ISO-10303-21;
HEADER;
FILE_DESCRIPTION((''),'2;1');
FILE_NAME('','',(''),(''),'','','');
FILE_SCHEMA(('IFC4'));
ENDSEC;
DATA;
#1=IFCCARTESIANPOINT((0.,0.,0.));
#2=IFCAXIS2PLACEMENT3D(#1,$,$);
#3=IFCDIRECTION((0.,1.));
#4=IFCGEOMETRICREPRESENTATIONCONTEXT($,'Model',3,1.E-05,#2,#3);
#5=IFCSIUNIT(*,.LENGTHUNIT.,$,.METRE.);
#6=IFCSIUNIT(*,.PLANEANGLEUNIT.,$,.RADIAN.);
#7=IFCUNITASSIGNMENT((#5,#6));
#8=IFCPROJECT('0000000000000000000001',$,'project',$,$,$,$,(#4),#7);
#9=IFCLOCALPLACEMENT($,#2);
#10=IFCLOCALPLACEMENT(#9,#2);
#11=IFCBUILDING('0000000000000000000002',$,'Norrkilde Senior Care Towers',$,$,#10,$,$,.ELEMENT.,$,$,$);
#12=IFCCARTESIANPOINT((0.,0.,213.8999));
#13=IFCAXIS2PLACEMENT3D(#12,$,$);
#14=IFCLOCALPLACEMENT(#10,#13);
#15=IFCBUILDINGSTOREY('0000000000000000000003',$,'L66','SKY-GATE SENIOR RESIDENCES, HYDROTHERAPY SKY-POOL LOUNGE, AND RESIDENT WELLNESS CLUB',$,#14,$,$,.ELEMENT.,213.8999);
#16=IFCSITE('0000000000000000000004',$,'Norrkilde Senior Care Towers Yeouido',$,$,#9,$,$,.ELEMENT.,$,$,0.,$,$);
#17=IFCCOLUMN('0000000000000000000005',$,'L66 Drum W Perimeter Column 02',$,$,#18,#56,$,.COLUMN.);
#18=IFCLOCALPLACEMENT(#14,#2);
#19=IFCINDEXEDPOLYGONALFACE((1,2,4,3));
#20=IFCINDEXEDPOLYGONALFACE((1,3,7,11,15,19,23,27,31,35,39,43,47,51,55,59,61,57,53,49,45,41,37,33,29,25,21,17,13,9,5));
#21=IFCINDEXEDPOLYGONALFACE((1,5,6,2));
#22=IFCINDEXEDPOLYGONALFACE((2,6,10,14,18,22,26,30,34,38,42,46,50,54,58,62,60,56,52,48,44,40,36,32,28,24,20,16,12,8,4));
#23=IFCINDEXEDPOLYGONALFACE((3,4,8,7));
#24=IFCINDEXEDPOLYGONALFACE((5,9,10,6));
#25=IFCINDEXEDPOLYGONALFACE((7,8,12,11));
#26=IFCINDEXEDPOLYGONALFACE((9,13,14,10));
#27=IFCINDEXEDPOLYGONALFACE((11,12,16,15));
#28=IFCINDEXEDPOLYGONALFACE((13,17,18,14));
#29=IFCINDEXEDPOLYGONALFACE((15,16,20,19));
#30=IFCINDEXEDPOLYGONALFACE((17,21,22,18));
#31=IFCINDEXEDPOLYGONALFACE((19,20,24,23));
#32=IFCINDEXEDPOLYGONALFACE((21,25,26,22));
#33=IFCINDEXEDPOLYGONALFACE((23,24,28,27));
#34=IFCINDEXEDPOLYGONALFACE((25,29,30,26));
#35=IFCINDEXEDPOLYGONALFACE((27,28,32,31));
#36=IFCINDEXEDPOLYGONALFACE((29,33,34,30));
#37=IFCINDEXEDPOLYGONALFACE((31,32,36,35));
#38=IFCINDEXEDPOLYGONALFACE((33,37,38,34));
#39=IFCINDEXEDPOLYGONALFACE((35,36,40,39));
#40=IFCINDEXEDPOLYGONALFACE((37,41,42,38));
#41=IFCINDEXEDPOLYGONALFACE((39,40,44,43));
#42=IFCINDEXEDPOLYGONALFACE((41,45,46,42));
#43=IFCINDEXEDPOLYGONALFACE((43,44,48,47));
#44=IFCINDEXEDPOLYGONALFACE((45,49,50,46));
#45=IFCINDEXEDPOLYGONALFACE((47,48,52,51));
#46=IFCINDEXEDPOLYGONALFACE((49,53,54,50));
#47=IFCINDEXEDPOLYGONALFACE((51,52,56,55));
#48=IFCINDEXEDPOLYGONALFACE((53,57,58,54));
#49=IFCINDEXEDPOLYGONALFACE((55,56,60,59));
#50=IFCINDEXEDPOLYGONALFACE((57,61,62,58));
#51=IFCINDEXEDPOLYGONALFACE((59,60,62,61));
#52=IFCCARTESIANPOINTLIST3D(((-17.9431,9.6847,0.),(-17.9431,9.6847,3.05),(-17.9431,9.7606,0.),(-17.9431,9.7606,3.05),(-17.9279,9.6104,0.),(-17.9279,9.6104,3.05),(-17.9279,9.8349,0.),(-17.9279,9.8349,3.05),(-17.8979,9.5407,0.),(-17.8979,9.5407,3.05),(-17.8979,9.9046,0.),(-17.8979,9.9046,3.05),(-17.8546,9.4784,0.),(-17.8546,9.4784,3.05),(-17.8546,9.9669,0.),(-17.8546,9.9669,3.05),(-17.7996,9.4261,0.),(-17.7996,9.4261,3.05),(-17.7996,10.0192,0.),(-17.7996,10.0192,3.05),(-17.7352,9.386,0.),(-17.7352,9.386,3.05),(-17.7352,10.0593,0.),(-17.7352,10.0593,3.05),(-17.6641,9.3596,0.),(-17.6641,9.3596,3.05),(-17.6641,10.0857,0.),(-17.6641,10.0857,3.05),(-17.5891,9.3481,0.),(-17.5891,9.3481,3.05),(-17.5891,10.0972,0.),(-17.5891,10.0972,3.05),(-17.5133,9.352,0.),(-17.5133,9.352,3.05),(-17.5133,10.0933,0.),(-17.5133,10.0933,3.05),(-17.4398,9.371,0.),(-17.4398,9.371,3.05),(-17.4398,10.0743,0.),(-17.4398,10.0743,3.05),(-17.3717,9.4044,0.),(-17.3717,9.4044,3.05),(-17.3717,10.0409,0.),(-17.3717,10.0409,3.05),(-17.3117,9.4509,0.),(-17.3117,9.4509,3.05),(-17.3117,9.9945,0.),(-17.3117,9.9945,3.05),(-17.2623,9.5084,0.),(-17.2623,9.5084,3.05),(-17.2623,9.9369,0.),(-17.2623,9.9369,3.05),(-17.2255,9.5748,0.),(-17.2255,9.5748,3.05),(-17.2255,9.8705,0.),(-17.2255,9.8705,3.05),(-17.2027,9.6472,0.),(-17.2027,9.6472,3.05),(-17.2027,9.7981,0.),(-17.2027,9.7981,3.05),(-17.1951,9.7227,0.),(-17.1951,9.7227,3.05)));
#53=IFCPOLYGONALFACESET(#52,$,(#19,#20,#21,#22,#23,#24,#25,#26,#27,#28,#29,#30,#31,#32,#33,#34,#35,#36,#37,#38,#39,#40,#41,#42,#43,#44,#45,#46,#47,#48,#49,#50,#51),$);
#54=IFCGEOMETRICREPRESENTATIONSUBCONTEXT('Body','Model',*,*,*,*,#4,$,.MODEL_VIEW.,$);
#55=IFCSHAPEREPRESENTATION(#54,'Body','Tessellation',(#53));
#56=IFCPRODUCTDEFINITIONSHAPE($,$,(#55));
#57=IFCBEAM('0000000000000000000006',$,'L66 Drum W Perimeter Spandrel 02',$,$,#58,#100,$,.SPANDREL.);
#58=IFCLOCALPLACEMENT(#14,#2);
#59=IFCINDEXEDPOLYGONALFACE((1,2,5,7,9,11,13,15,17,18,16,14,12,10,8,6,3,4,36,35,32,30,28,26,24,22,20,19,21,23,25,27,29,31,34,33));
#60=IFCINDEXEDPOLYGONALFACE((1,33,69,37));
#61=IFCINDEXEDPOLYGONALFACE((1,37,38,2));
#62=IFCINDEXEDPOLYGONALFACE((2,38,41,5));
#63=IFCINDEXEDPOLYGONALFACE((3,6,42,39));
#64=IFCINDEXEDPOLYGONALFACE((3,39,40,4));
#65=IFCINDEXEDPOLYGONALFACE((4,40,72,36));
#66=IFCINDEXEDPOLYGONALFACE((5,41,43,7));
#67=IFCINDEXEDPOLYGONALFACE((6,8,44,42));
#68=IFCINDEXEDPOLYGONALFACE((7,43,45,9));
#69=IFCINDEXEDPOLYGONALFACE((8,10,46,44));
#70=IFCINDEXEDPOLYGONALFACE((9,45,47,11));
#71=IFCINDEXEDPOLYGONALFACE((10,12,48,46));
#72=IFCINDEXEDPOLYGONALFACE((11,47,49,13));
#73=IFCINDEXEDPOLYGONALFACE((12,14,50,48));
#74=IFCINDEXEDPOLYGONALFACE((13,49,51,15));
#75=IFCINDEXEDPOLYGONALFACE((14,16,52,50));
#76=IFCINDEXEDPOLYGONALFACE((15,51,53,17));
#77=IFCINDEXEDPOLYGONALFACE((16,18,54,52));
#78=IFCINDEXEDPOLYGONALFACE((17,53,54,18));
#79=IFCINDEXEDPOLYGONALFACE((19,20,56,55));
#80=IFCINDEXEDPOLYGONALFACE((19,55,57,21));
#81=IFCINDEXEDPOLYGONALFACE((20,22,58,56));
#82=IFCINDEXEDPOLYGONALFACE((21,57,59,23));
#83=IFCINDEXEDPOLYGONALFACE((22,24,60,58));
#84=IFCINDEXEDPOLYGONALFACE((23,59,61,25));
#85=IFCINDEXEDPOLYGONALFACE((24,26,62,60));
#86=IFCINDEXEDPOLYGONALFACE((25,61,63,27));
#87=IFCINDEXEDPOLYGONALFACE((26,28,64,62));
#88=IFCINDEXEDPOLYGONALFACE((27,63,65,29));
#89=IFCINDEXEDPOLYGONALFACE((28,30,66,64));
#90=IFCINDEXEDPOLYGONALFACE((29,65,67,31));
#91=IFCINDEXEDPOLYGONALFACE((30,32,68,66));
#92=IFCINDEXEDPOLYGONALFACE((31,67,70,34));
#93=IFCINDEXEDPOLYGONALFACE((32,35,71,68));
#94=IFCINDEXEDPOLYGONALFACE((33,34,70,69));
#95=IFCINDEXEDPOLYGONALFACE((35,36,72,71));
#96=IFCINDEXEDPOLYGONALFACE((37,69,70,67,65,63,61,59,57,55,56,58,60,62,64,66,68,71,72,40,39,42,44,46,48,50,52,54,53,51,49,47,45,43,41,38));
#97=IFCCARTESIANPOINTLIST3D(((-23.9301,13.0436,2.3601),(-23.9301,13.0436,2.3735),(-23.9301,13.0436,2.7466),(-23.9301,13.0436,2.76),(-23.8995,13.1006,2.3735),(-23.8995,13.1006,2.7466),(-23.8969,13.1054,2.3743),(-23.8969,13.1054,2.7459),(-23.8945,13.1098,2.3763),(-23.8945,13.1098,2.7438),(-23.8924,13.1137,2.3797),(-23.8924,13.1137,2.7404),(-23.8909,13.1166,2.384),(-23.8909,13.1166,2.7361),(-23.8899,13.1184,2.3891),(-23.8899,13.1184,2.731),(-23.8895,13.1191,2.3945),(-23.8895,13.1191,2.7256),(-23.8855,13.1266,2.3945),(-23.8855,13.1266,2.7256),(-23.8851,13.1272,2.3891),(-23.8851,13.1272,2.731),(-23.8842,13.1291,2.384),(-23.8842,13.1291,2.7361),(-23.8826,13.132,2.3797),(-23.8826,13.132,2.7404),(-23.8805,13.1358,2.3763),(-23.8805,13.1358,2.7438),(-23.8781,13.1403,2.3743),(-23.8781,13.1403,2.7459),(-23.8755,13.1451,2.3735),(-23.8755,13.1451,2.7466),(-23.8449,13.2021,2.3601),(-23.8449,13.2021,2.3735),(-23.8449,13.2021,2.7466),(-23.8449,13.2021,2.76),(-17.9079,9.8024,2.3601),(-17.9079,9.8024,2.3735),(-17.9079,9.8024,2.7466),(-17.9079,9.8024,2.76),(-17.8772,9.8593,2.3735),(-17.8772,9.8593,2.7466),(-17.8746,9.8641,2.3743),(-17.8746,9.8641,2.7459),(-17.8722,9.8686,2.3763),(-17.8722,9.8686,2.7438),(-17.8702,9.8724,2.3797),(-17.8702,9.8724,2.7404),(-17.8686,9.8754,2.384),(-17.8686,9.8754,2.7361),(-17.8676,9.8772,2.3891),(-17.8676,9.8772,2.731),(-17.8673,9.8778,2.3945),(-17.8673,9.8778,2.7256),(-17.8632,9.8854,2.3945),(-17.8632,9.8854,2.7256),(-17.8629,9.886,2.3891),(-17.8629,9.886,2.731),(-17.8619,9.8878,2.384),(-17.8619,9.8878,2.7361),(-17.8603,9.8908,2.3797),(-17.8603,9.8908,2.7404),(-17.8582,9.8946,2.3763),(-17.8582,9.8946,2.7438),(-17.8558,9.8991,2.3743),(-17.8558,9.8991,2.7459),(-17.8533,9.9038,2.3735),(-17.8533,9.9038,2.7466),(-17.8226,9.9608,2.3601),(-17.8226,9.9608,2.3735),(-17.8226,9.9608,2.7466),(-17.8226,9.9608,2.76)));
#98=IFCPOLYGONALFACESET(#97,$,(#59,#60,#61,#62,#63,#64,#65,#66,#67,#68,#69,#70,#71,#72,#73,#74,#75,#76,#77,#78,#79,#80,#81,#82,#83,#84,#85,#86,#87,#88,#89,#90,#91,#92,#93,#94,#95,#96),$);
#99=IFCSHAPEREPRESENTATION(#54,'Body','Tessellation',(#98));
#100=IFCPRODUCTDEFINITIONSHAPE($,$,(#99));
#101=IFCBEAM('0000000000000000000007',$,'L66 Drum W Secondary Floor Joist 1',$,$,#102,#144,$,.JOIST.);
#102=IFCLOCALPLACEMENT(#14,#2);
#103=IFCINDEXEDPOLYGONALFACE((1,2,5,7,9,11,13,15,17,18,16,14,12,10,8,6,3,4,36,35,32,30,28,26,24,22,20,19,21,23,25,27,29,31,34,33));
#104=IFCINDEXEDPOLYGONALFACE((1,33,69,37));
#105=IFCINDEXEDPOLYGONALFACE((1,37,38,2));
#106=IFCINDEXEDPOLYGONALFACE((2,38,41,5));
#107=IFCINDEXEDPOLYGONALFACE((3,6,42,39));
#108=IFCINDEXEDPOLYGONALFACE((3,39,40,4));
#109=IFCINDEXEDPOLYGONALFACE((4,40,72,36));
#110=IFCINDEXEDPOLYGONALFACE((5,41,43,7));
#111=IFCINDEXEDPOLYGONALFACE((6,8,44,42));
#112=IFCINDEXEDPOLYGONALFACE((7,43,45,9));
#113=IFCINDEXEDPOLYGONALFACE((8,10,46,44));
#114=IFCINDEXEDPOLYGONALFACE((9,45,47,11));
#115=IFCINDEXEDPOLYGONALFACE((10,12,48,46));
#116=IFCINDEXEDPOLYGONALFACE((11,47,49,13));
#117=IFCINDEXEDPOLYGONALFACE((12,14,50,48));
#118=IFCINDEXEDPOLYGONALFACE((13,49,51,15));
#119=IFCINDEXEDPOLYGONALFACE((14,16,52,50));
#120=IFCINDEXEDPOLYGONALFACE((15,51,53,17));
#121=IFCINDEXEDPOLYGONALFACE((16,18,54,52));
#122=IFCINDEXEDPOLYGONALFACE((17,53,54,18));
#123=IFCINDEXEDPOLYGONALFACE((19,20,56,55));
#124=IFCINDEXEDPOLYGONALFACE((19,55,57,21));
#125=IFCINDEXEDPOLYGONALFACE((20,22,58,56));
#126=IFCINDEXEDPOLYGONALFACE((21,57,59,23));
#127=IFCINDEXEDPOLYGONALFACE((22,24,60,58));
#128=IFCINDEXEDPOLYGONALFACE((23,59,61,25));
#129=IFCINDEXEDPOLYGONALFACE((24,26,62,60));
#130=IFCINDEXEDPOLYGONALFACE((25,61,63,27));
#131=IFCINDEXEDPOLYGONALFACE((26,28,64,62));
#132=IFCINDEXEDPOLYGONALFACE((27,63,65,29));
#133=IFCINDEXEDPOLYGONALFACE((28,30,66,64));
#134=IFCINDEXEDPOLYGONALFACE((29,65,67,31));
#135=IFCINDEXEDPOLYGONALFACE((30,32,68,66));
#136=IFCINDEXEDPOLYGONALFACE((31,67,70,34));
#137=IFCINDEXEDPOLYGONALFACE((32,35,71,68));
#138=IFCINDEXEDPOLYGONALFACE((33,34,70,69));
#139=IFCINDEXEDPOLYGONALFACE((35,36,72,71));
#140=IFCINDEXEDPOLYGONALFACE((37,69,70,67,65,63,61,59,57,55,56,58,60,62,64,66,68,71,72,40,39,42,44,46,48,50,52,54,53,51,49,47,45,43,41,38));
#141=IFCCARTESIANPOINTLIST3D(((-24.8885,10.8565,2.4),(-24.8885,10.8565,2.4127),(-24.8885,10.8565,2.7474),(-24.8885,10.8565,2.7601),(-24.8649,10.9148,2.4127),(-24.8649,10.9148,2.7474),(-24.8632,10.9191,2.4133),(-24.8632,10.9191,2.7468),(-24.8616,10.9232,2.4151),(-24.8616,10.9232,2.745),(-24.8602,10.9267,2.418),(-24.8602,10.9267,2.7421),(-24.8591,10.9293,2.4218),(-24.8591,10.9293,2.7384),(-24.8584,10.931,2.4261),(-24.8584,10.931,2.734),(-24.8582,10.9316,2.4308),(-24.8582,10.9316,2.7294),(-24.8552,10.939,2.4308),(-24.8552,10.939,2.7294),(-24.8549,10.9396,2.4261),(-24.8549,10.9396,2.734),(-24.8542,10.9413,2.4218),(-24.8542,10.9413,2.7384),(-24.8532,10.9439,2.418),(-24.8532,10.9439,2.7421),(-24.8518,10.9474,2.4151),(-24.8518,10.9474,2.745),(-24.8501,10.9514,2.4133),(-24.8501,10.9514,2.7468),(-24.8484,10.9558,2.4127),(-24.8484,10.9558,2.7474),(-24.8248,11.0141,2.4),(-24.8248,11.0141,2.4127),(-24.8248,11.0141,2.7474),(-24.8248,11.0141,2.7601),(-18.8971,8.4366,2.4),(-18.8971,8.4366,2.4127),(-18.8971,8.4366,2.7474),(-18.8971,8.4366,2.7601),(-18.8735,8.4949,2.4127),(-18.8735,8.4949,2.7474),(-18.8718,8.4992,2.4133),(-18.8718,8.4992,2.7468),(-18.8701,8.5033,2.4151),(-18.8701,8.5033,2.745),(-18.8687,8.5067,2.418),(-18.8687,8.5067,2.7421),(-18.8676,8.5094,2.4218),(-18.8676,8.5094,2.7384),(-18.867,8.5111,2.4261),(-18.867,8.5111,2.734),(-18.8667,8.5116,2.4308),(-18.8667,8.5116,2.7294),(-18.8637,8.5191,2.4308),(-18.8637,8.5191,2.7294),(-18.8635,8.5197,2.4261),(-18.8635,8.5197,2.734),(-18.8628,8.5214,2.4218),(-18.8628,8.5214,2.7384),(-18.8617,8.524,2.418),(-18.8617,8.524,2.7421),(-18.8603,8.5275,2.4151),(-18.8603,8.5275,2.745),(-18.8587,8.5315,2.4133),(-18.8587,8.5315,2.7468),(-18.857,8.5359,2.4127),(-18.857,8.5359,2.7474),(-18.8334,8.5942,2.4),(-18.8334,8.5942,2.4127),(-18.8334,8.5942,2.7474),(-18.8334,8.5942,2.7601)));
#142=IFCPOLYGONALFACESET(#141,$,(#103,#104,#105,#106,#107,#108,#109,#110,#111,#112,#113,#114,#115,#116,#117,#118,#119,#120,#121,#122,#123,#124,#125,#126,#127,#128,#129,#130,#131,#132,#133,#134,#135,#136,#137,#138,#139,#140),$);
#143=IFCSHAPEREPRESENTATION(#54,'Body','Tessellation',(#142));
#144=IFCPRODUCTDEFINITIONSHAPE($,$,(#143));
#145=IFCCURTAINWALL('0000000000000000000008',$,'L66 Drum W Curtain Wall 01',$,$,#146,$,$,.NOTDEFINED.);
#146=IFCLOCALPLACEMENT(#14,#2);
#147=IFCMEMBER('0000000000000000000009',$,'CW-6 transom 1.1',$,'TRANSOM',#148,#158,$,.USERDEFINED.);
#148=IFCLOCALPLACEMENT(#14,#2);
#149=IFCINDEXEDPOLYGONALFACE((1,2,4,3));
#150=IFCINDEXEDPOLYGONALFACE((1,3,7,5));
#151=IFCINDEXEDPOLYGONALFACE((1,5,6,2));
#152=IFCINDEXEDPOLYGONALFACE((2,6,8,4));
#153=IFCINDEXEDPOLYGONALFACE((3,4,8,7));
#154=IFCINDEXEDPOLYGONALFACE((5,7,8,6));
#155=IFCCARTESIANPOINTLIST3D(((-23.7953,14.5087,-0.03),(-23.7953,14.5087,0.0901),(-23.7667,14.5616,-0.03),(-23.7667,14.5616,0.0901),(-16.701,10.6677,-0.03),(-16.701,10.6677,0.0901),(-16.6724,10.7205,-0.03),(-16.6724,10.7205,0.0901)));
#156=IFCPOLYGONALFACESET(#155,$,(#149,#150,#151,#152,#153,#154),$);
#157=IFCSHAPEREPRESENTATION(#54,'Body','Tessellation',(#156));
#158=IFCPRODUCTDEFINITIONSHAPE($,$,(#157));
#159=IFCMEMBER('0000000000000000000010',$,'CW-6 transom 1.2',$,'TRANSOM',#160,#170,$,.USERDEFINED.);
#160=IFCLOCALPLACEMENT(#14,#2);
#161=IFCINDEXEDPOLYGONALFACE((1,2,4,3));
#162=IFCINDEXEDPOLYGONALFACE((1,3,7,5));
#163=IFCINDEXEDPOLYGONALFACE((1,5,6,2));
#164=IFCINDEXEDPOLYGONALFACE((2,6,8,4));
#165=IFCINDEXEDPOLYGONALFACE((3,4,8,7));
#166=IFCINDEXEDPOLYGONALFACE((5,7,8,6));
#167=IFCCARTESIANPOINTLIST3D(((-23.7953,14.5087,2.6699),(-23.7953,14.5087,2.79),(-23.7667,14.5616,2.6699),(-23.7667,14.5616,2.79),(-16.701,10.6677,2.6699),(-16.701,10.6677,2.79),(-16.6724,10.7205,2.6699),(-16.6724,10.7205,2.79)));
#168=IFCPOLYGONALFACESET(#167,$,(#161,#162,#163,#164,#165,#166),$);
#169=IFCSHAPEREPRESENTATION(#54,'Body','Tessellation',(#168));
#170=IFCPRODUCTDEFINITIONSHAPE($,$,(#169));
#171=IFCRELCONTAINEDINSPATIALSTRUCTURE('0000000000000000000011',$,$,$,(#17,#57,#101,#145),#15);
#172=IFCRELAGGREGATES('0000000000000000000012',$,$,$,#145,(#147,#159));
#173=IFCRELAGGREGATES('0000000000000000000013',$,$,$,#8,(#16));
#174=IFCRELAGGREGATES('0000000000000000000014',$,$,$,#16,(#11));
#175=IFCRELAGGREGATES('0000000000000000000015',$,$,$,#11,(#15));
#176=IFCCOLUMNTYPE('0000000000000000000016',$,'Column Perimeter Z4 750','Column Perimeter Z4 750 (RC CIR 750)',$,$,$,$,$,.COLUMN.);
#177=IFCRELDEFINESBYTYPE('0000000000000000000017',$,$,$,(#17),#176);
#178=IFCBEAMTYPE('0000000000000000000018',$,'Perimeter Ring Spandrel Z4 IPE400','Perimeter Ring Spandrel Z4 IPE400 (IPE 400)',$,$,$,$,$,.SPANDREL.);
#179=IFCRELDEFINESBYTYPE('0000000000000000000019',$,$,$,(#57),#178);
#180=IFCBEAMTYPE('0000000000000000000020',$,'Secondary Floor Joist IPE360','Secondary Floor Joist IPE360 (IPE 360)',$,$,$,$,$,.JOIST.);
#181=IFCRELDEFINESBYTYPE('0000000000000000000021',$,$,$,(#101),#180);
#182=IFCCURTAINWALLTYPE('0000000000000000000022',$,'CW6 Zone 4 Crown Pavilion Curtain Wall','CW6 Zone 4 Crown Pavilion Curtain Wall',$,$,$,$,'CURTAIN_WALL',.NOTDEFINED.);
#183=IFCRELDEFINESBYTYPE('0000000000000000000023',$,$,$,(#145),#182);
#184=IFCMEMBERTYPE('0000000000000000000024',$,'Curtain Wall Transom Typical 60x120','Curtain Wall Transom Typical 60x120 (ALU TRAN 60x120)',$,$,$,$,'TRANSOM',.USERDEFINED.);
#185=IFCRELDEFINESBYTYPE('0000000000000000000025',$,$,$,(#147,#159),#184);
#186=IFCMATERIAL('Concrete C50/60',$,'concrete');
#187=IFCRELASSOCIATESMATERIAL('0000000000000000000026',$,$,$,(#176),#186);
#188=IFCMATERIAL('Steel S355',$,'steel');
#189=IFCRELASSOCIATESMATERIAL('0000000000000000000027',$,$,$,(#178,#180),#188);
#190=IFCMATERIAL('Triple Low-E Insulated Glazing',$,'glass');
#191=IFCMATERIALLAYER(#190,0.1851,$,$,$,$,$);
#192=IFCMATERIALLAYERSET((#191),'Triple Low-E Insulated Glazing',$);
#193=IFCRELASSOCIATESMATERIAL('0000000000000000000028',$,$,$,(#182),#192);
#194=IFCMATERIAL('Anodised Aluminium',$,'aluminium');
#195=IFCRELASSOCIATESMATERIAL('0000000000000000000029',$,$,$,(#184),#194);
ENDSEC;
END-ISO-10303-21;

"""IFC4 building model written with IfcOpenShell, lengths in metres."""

from ifc_helpers import new_model, si_unit, direction, frame, origin, origin_2d, place, context, subcontext, project, spatial, rectangle, circle, i_section, extrude, source, transform, mapped, material, layer, layer_set, material_profile, profile_set, type_object, type_shapes, element, aggregate, save


model = new_model("IFC4")

# Units and contexts
model_context = context("Model", 3, precision=1e-05, world=origin(), true_north=direction((0.0, 1.0)))
body_context = subcontext(model_context, "Body", "Model", "MODEL_VIEW")
ifc_project = project(units=[si_unit("LENGTHUNIT", "METRE"), si_unit("PLANEANGLEUNIT", "RADIAN")], contexts=[model_context])

# Site, building, storey
site_placement = place(None, origin())
site = spatial("IfcSite", under=ifc_project, at=site_placement, Name="Norrkilde Senior Care Towers Yeouido", CompositionType="ELEMENT", RefElevation=0.0)
building_placement = place(site_placement, origin())
building = spatial("IfcBuilding", under=site, at=building_placement, Name="Norrkilde Senior Care Towers", CompositionType="ELEMENT")
storey_placement = place(building_placement, frame((0.0, 0.0, 213.8999)))
storey = spatial("IfcBuildingStorey", under=building, at=storey_placement, Name="L66", Description="SKY-GATE SENIOR RESIDENCES, HYDROTHERAPY SKY-POOL LOUNGE, AND RESIDENT WELLNESS CLUB", CompositionType="ELEMENT", Elevation=213.8999)

# Column
ifc_material_1 = material(Name="Concrete C50/60", Category="concrete")
ifc_material_profile_1 = material_profile(ifc_material_1, circle(Radius=0.375, at=origin_2d()), Name="RC CIR 750")
ifc_profile_set_1 = profile_set([ifc_material_profile_1], Name="Concrete C50/60")
column_type = type_object("IfcColumnType", Name="Column Perimeter Z4 750", Description="Column Perimeter Z4 750 (RC CIR 750)", PredefinedType="COLUMN", material=ifc_profile_set_1)
shared_shape_1 = source(origin(), body_context, "Body", "SweptSolid", [
    extrude(circle(Radius=0.375, at=origin_2d()), origin(), (0.0, 0.0, 1.0), 3.05),
])
type_shapes(column_type, [shared_shape_1])
column_placement = place(storey_placement, frame((-17.5701, 9.7227, 0.0), z_axis=(0.0, 0.0, 1.0), x_axis=(1.0, 0.0, 0.0)))
element("IfcColumn", 1, at=column_placement, inside=storey, type_object=column_type, Name="L66 Drum W Perimeter Column 02", PredefinedType="COLUMN", context=body_context, shape_type="MappedRepresentation", body=[
    mapped(shared_shape_1, transform((0.0, 0.0, 0.0), x_axis=(1.0, 0.0, 0.0), y_axis=(0.0, 1.0, 0.0), z_axis=(0.0, 0.0, 1.0), scale=1.0)),
])

# Beams
ifc_material_2 = material(Name="Steel S355", Category="steel")
ifc_material_profile_2 = material_profile(ifc_material_2, i_section(OverallWidth=0.1799, OverallDepth=0.3999, WebThickness=0.0085, FlangeThickness=0.0134, FilletRadius=0.021, at=origin_2d()), Name="IPE 400")
ifc_profile_set_2 = profile_set([ifc_material_profile_2], Name="Steel S355")
beam_type_1 = type_object("IfcBeamType", Name="Perimeter Ring Spandrel Z4 IPE400", Description="Perimeter Ring Spandrel Z4 IPE400 (IPE 400)", PredefinedType="SPANDREL", material=ifc_profile_set_2)
shared_shape_2 = source(origin(), body_context, "Body", "SweptSolid", [
    extrude(i_section(OverallWidth=0.1799, OverallDepth=0.3999, WebThickness=0.0085, FlangeThickness=0.0134, FilletRadius=0.021, at=origin_2d()), origin(), (0.0, 0.0, 1.0), 6.8391),
])
type_shapes(beam_type_1, [shared_shape_2])
beam_1_placement = place(storey_placement, frame((-17.8652, 9.8816, 2.5601), z_axis=(-0.880564, 0.473927, 0.0), x_axis=(-0.473927, -0.880564, 0.0)))
element("IfcBeam", 2, at=beam_1_placement, inside=storey, type_object=beam_type_1, Name="L66 Drum W Perimeter Spandrel 02", PredefinedType="SPANDREL", context=body_context, shape_type="MappedRepresentation", body=[
    mapped(shared_shape_2, transform((0.0, 0.0, 0.0), x_axis=(1.0, 0.0, 0.0), y_axis=(0.0, 1.0, 0.0), z_axis=(0.0, 0.0, 1.0), scale=1.0)),
])
ifc_material_profile_3 = material_profile(ifc_material_2, i_section(OverallWidth=0.1699, OverallDepth=0.3601, WebThickness=0.0081, FlangeThickness=0.0127, FilletRadius=0.0181, at=origin_2d()), Name="IPE 360")
ifc_profile_set_3 = profile_set([ifc_material_profile_3], Name="Steel S355")
beam_type_2 = type_object("IfcBeamType", Name="Secondary Floor Joist IPE360", Description="Secondary Floor Joist IPE360 (IPE 360)", PredefinedType="JOIST", material=ifc_profile_set_3)
shared_shape_3 = source(origin(), body_context, "Body", "SweptSolid", [
    extrude(i_section(OverallWidth=0.1699, OverallDepth=0.3601, WebThickness=0.0081, FlangeThickness=0.0127, FilletRadius=0.0181, at=origin_2d()), origin(), (0.0, 0.0, 1.0), 6.4617),
])
type_shapes(beam_type_2, [shared_shape_3])
beam_2_placement = place(storey_placement, frame((-18.8652, 8.5154, 2.5801), z_axis=(-0.927226, 0.374502, 0.0), x_axis=(-0.374502, -0.927226, 0.0)))
element("IfcBeam", 3, at=beam_2_placement, inside=storey, type_object=beam_type_2, Name="L66 Drum W Secondary Floor Joist 1", PredefinedType="JOIST", context=body_context, shape_type="MappedRepresentation", body=[
    mapped(shared_shape_3, transform((0.0, 0.0, 0.0), x_axis=(1.0, 0.0, 0.0), y_axis=(0.0, 1.0, 0.0), z_axis=(0.0, 0.0, 1.0), scale=1.0)),
])

# Curtain wall, members
ifc_material_3 = material(Name="Triple Low-E Insulated Glazing", Category="glass")
ifc_layer_1 = layer(ifc_material_3, 0.1851)
ifc_layer_set_1 = layer_set([ifc_layer_1], Name="Triple Low-E Insulated Glazing")
curtain_wall_type_1 = type_object("IfcCurtainWallType", Name="CW6 Zone 4 Crown Pavilion Curtain Wall", Description="CW6 Zone 4 Crown Pavilion Curtain Wall", ElementType="CURTAIN_WALL", PredefinedType="NOTDEFINED", material=ifc_layer_set_1)
curtain_wall_1_placement = place(storey_placement, origin())
curtain_wall_1 = element("IfcCurtainWall", 4, at=curtain_wall_1_placement, inside=storey, type_object=curtain_wall_type_1, Name="L66 Drum W Curtain Wall 01", PredefinedType="NOTDEFINED")
ifc_material_4 = material(Name="Anodised Aluminium", Category="aluminium")
ifc_material_profile_4 = material_profile(ifc_material_4, rectangle(XDim=0.0601, YDim=0.1201, at=origin_2d()), Name="ALU TRAN 60x120")
ifc_profile_set_4 = profile_set([ifc_material_profile_4], Name="Anodised Aluminium")
member_type_1 = type_object("IfcMemberType", Name="Curtain Wall Transom Typical 60x120", Description="Curtain Wall Transom Typical 60x120 (ALU TRAN 60x120)", ElementType="TRANSOM", PredefinedType="USERDEFINED", material=ifc_profile_set_4)
shared_shape_4 = source(origin(), body_context, "Body", "SweptSolid", [
    extrude(rectangle(XDim=0.0601, YDim=0.1201, at=origin_2d()), origin(), (0.0, 0.0, 1.0), 8.0674),
])
type_shapes(member_type_1, [shared_shape_4])
member_1_placement = place(storey_placement, frame((-23.781, 14.5352, 0.03), z_axis=(0.879378, -0.476125, 0.0), x_axis=(0.476125, 0.879378, 0.0)))
member_1 = element("IfcMember", 5, at=member_1_placement, type_object=member_type_1, Name="CW-6 transom 1.1", ObjectType="TRANSOM", PredefinedType="USERDEFINED", context=body_context, shape_type="MappedRepresentation", body=[
    mapped(shared_shape_4, transform((0.0, 0.0, 0.0), x_axis=(1.0, 0.0, 0.0), y_axis=(0.0, 1.0, 0.0), z_axis=(0.0, 0.0, 1.0), scale=1.0)),
])
member_2_placement = place(storey_placement, frame((-23.781, 14.5352, 2.73), z_axis=(0.879378, -0.476125, 0.0), x_axis=(0.476125, 0.879378, 0.0)))
member_2 = element("IfcMember", 6, at=member_2_placement, type_object=member_type_1, Name="CW-6 transom 1.2", ObjectType="TRANSOM", PredefinedType="USERDEFINED", context=body_context, shape_type="MappedRepresentation", body=[
    mapped(shared_shape_4, transform((0.0, 0.0, 0.0), x_axis=(1.0, 0.0, 0.0), y_axis=(0.0, 1.0, 0.0), z_axis=(0.0, 0.0, 1.0), scale=1.0)),
])

aggregate(curtain_wall_1, [member_1, member_2])

save(model, "model.ifc")
